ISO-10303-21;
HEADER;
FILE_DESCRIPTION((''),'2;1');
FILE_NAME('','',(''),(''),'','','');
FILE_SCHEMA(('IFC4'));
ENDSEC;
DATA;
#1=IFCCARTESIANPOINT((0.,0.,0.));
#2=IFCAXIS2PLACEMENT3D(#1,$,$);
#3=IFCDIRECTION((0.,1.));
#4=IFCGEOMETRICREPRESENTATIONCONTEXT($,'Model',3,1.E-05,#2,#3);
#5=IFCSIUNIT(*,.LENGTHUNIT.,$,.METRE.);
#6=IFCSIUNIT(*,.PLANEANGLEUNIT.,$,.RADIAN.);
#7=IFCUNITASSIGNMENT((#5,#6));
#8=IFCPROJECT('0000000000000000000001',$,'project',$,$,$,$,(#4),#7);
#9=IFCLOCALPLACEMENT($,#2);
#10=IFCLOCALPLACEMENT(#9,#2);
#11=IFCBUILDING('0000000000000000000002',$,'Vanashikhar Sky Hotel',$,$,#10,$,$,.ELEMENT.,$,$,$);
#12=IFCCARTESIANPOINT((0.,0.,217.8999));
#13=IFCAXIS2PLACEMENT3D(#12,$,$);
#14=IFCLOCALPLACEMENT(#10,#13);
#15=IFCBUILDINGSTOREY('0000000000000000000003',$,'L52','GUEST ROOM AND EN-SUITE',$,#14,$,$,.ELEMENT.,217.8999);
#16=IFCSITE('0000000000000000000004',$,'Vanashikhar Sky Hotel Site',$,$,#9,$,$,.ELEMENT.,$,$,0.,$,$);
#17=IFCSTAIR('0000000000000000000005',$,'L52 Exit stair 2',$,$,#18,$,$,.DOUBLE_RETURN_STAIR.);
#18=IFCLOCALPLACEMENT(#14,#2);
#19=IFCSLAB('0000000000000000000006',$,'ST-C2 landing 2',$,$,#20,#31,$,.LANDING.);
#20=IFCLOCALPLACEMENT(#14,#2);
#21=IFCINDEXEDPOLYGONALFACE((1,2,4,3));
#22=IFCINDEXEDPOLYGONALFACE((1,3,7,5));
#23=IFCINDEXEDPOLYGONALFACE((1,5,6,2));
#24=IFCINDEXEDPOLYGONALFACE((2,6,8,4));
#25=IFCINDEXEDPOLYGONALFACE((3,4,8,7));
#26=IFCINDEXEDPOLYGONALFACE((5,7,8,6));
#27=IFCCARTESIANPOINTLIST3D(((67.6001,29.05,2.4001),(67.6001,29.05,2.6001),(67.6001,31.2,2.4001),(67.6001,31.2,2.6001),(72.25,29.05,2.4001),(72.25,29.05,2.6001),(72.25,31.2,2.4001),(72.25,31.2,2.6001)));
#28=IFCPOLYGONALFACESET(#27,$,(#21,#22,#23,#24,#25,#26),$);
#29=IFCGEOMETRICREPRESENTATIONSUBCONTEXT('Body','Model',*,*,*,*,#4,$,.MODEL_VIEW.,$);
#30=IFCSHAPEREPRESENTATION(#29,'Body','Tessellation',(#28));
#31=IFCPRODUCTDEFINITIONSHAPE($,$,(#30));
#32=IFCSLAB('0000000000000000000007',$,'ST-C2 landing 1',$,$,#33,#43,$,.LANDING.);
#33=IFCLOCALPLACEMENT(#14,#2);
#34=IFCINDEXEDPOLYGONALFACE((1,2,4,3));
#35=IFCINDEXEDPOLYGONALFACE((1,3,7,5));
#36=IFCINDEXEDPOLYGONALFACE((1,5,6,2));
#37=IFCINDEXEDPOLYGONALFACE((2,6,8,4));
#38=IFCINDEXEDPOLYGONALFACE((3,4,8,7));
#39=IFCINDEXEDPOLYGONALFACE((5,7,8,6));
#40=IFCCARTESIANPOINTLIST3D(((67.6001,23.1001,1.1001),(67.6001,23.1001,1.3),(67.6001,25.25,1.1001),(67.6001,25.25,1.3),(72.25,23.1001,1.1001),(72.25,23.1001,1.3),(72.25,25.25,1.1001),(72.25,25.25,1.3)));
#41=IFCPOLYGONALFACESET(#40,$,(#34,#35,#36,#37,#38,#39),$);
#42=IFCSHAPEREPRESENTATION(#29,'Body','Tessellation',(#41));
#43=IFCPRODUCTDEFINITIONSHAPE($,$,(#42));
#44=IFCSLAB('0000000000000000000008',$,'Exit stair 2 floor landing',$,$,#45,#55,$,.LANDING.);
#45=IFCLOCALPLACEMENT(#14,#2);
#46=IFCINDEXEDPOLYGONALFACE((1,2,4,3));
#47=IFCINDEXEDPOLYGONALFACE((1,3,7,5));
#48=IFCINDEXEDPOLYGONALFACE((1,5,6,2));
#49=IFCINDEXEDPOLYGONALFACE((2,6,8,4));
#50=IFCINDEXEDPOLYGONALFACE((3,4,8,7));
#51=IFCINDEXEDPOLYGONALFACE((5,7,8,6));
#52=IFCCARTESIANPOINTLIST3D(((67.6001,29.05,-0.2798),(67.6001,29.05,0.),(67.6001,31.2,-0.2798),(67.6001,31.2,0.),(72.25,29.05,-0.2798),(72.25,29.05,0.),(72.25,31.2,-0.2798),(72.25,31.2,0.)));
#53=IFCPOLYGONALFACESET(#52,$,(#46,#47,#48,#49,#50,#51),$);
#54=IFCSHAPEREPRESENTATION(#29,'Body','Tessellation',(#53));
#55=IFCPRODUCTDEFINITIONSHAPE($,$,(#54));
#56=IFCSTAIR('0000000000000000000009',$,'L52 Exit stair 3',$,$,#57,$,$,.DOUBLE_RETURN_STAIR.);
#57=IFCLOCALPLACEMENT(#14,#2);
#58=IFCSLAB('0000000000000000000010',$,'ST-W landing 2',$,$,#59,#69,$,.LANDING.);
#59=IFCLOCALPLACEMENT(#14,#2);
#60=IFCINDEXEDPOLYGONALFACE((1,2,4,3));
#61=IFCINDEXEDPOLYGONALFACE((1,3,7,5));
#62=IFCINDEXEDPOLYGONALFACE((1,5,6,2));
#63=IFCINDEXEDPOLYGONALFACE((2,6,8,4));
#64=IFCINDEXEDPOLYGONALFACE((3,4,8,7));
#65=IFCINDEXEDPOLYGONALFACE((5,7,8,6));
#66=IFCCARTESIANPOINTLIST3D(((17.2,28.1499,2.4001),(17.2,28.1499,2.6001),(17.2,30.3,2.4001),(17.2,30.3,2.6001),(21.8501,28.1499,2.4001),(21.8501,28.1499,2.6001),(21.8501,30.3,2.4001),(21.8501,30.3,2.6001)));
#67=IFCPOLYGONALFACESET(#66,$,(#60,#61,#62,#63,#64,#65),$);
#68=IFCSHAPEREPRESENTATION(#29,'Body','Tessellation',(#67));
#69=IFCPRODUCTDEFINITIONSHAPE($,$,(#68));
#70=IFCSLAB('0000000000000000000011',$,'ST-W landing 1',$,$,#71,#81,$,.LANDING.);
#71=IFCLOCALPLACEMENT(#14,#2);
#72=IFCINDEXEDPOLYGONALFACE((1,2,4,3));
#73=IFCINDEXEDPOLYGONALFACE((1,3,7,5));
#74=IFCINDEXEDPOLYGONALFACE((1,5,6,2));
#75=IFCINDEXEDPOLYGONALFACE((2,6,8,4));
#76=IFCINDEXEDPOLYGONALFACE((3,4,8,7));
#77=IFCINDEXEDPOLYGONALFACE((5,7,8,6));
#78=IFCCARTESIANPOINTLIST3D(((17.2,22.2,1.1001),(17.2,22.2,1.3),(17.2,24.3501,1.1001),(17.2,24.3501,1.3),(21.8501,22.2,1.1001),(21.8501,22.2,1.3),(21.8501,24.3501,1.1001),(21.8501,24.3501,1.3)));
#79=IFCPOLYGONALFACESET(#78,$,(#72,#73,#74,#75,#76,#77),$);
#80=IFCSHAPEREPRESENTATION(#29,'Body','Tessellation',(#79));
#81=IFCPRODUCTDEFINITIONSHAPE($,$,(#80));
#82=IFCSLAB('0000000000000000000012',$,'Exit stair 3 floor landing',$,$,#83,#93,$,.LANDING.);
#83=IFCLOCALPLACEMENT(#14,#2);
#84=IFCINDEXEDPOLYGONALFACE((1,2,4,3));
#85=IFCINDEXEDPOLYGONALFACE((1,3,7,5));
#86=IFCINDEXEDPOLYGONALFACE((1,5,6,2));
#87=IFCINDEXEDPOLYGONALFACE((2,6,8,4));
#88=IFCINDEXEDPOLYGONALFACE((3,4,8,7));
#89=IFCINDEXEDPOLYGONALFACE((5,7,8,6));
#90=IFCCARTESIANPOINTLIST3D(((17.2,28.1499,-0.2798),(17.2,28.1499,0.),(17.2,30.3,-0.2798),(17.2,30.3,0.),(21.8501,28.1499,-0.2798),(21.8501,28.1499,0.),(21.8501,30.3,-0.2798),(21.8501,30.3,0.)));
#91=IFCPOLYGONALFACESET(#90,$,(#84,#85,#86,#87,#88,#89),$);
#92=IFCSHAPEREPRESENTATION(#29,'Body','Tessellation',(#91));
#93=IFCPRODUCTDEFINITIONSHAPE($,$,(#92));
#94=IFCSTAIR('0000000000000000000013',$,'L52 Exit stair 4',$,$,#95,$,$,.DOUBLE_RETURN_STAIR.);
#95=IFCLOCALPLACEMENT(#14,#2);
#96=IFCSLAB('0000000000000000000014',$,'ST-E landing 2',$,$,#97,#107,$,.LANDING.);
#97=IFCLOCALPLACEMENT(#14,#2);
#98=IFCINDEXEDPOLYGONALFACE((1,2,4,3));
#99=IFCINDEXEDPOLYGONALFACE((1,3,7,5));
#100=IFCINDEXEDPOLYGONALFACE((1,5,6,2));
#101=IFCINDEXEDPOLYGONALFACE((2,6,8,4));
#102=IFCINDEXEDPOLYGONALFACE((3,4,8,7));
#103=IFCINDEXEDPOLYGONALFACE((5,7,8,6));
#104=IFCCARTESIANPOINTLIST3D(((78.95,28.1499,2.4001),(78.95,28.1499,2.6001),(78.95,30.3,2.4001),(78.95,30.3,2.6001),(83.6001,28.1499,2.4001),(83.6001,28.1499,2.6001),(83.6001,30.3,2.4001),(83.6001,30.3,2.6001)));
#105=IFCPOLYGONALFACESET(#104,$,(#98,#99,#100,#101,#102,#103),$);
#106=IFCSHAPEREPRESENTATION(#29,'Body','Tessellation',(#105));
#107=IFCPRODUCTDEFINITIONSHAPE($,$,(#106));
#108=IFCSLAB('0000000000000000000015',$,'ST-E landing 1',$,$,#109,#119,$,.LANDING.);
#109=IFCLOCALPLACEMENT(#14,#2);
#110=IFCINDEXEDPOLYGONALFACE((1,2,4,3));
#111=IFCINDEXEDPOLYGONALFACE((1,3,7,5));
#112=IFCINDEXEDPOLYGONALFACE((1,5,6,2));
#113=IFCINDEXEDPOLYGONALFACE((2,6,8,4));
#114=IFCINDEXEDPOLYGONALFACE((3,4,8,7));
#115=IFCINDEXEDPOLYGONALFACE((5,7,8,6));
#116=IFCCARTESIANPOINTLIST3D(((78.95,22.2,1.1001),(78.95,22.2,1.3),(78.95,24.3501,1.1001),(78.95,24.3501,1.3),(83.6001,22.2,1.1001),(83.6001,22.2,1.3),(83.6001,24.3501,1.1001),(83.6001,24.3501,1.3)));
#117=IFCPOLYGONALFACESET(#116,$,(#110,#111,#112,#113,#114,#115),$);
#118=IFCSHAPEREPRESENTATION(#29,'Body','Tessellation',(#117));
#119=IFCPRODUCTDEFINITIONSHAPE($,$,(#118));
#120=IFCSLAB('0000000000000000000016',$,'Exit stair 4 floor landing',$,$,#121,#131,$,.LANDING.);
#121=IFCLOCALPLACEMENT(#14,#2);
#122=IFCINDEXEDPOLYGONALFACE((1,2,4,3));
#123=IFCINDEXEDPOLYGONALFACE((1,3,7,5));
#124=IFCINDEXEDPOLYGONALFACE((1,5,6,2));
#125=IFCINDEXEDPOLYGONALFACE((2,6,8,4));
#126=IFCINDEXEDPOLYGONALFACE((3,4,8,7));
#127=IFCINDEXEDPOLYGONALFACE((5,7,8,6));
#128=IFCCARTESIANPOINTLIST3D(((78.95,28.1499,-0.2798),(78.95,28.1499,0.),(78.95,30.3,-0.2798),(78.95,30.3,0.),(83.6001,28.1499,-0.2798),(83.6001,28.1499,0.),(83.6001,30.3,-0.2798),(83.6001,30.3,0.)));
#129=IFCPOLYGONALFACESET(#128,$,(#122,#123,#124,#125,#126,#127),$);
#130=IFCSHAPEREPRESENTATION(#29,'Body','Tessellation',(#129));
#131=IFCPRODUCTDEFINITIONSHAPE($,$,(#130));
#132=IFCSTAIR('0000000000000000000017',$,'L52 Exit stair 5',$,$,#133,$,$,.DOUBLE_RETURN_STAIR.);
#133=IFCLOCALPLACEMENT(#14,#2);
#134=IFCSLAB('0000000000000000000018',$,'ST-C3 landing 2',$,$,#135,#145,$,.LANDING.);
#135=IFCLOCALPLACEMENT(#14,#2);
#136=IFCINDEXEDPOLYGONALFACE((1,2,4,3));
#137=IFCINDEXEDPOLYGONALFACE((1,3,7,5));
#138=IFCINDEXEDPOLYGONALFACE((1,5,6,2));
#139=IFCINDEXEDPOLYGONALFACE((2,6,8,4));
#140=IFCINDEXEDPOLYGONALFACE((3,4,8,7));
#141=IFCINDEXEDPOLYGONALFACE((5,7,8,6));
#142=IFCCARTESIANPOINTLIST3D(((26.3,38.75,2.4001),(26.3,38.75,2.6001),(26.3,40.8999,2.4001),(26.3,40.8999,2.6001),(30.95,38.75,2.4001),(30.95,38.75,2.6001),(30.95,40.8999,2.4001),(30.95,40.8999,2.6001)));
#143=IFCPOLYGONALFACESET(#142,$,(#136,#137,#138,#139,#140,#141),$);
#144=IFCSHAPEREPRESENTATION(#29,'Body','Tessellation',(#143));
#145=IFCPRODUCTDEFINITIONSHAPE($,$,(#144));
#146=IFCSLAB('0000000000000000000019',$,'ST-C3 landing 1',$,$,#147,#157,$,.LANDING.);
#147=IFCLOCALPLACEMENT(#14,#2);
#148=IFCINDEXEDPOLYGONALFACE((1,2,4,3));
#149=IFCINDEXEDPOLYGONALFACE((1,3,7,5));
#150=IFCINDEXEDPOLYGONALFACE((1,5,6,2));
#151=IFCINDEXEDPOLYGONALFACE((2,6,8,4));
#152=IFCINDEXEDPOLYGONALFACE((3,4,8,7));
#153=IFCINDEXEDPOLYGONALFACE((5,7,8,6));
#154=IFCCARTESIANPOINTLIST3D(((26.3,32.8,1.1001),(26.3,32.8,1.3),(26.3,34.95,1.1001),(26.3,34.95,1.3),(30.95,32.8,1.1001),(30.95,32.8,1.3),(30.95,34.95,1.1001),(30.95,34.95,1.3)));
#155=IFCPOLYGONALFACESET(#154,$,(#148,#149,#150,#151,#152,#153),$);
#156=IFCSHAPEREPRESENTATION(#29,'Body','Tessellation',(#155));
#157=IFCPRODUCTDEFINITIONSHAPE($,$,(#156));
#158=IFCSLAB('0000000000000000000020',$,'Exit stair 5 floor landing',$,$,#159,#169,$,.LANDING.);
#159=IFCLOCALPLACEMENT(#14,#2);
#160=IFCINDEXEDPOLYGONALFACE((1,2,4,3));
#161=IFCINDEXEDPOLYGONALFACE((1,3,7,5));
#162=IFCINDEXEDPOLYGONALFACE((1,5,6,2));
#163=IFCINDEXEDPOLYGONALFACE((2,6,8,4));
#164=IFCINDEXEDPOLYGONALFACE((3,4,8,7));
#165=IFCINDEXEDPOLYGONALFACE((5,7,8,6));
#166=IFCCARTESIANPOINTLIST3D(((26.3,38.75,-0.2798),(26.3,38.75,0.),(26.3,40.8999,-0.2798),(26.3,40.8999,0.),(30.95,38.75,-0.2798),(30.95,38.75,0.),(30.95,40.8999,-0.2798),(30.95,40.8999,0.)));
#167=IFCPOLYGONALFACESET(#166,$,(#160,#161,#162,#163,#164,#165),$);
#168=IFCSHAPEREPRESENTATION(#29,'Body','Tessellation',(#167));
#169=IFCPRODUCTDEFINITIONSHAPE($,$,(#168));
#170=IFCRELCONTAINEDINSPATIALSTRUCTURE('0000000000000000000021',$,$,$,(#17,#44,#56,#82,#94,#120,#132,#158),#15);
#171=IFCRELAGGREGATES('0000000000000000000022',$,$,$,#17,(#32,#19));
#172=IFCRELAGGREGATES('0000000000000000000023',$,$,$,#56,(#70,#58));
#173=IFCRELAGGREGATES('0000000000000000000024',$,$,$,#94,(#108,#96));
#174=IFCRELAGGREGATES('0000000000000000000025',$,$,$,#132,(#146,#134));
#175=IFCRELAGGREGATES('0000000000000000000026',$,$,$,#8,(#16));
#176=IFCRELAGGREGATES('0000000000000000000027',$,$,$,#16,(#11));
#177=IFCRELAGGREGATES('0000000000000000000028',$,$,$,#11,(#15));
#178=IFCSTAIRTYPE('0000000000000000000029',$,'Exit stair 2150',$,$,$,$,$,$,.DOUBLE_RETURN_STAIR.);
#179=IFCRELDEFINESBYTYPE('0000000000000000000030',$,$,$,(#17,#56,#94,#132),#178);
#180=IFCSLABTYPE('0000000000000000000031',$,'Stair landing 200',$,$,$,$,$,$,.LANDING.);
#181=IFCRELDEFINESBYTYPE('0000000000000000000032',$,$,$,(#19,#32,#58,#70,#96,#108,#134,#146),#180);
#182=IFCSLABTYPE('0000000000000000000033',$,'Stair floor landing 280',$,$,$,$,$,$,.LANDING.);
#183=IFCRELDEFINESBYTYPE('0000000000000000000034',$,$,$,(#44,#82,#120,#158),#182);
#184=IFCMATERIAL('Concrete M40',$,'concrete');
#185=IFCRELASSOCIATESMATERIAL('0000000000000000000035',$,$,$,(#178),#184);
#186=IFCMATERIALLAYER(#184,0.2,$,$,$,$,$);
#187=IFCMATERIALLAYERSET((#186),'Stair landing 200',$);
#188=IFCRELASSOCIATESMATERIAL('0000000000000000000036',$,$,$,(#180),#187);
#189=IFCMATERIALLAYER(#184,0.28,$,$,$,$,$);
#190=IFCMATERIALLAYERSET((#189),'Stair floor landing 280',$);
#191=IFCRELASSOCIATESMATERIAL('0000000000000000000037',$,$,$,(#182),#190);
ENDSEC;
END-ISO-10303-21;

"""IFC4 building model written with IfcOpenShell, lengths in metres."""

from ifc_helpers import new_model, si_unit, direction, frame, origin, place, context, subcontext, project, spatial, polyline, outline, extrude, source, transform, mapped, material, layer, layer_set, type_object, element, aggregate, save


model = new_model("IFC4")

# Units and contexts
model_context = context("Model", 3, precision=1e-05, world=origin(), true_north=direction((0.0, 1.0)))
body_context = subcontext(model_context, "Body", "Model", "MODEL_VIEW")
ifc_project = project(units=[si_unit("LENGTHUNIT", "METRE"), si_unit("PLANEANGLEUNIT", "RADIAN")], contexts=[model_context])

# Site, building, storey
site_placement = place(None, origin())
site = spatial("IfcSite", under=ifc_project, at=site_placement, Name="Vanashikhar Sky Hotel Site", CompositionType="ELEMENT", RefElevation=0.0)
building_placement = place(site_placement, origin())
building = spatial("IfcBuilding", under=site, at=building_placement, Name="Vanashikhar Sky Hotel", CompositionType="ELEMENT")
storey_placement = place(building_placement, frame((0.0, 0.0, 217.8999)))
storey = spatial("IfcBuildingStorey", under=building, at=storey_placement, Name="L52", Description="GUEST ROOM AND EN-SUITE", CompositionType="ELEMENT", Elevation=217.8999)

# Shared definitions
ifc_material = material(Name="Concrete M40", Category="concrete")

# Shared definitions
stair_type = type_object("IfcStairType", Name="Exit stair 2150", PredefinedType="DOUBLE_RETURN_STAIR", material=ifc_material)
ifc_layer_1 = layer(ifc_material, 0.2)
ifc_layer_set_1 = layer_set([ifc_layer_1], Name="Stair landing 200")
slab_type_1 = type_object("IfcSlabType", Name="Stair landing 200", PredefinedType="LANDING", material=ifc_layer_set_1)

# Shared definitions
ifc_layer_2 = layer(ifc_material, 0.28)
ifc_layer_set_2 = layer_set([ifc_layer_2], Name="Stair floor landing 280")
slab_type_2 = type_object("IfcSlabType", Name="Stair floor landing 280", PredefinedType="LANDING", material=ifc_layer_set_2)

# Stair, slabs
stair_1_placement = place(storey_placement, origin())
stair_1 = element("IfcStair", 1, at=stair_1_placement, inside=storey, type_object=stair_type, Name="L52 Exit stair 2", PredefinedType="DOUBLE_RETURN_STAIR")
shared_shape_1 = source(origin(), body_context, "Body", "SweptSolid", [
    extrude(outline(polyline([(72.25, 29.05), (72.25, 31.2), (67.6001, 31.2), (67.6001, 29.05), (72.25, 29.05)])), origin(), (0.0, 0.0, 1.0), 0.2),
])
slab_1_placement = place(storey_placement, frame((0.0, 0.0, 2.4001)))
slab_1 = element("IfcSlab", 2, at=slab_1_placement, type_object=slab_type_1, Name="ST-C2 landing 2", PredefinedType="LANDING", context=body_context, shape_type="MappedRepresentation", body=[
    mapped(shared_shape_1, transform((0.0, 0.0, 0.0), scale=1.0)),
])
shared_shape_2 = source(origin(), body_context, "Body", "SweptSolid", [
    extrude(outline(polyline([(72.25, 23.1001), (72.25, 25.25), (67.6001, 25.25), (67.6001, 23.1001), (72.25, 23.1001)])), origin(), (0.0, 0.0, 1.0), 0.2),
])
slab_2_placement = place(storey_placement, frame((0.0, 0.0, 1.1001)))
slab_2 = element("IfcSlab", 3, at=slab_2_placement, type_object=slab_type_1, Name="ST-C2 landing 1", PredefinedType="LANDING", context=body_context, shape_type="MappedRepresentation", body=[
    mapped(shared_shape_2, transform((0.0, 0.0, 0.0), scale=1.0)),
])
aggregate(stair_1, [slab_2, slab_1])

# Slab
shared_shape_3 = source(origin(), body_context, "Body", "SweptSolid", [
    extrude(outline(polyline([(72.25, 29.05), (72.25, 31.2), (67.6001, 31.2), (67.6001, 29.05), (72.25, 29.05)])), origin(), (0.0, 0.0, 1.0), 0.2798),
])
slab_3_placement = place(storey_placement, frame((0.0, 0.0, -0.2798)))
element("IfcSlab", 4, at=slab_3_placement, inside=storey, type_object=slab_type_2, Name="Exit stair 2 floor landing", PredefinedType="LANDING", context=body_context, shape_type="MappedRepresentation", body=[
    mapped(shared_shape_3, transform((0.0, 0.0, 0.0), scale=1.0)),
])

# Stair, slabs
stair_2_placement = place(storey_placement, origin())
stair_2 = element("IfcStair", 5, at=stair_2_placement, inside=storey, type_object=stair_type, Name="L52 Exit stair 3", PredefinedType="DOUBLE_RETURN_STAIR")
shared_shape_4 = source(origin(), body_context, "Body", "SweptSolid", [
    extrude(outline(polyline([(21.8501, 28.1499), (21.8501, 30.3), (17.2, 30.3), (17.2, 28.1499), (21.8501, 28.1499)])), origin(), (0.0, 0.0, 1.0), 0.2),
])
slab_4_placement = place(storey_placement, frame((0.0, 0.0, 2.4001)))
slab_4 = element("IfcSlab", 6, at=slab_4_placement, type_object=slab_type_1, Name="ST-W landing 2", PredefinedType="LANDING", context=body_context, shape_type="MappedRepresentation", body=[
    mapped(shared_shape_4, transform((0.0, 0.0, 0.0), scale=1.0)),
])
shared_shape_5 = source(origin(), body_context, "Body", "SweptSolid", [
    extrude(outline(polyline([(21.8501, 22.2), (21.8501, 24.3501), (17.2, 24.3501), (17.2, 22.2), (21.8501, 22.2)])), origin(), (0.0, 0.0, 1.0), 0.2),
])
slab_5_placement = place(storey_placement, frame((0.0, 0.0, 1.1001)))
slab_5 = element("IfcSlab", 7, at=slab_5_placement, type_object=slab_type_1, Name="ST-W landing 1", PredefinedType="LANDING", context=body_context, shape_type="MappedRepresentation", body=[
    mapped(shared_shape_5, transform((0.0, 0.0, 0.0), scale=1.0)),
])
aggregate(stair_2, [slab_5, slab_4])

# Slab
shared_shape_6 = source(origin(), body_context, "Body", "SweptSolid", [
    extrude(outline(polyline([(21.8501, 28.1499), (21.8501, 30.3), (17.2, 30.3), (17.2, 28.1499), (21.8501, 28.1499)])), origin(), (0.0, 0.0, 1.0), 0.2798),
])
slab_6_placement = place(storey_placement, frame((0.0, 0.0, -0.2798)))
element("IfcSlab", 8, at=slab_6_placement, inside=storey, type_object=slab_type_2, Name="Exit stair 3 floor landing", PredefinedType="LANDING", context=body_context, shape_type="MappedRepresentation", body=[
    mapped(shared_shape_6, transform((0.0, 0.0, 0.0), scale=1.0)),
])

# Stair, slabs
stair_3_placement = place(storey_placement, origin())
stair_3 = element("IfcStair", 9, at=stair_3_placement, inside=storey, type_object=stair_type, Name="L52 Exit stair 4", PredefinedType="DOUBLE_RETURN_STAIR")
shared_shape_7 = source(origin(), body_context, "Body", "SweptSolid", [
    extrude(outline(polyline([(83.6001, 28.1499), (83.6001, 30.3), (78.95, 30.3), (78.95, 28.1499), (83.6001, 28.1499)])), origin(), (0.0, 0.0, 1.0), 0.2),
])
slab_7_placement = place(storey_placement, frame((0.0, 0.0, 2.4001)))
slab_7 = element("IfcSlab", 10, at=slab_7_placement, type_object=slab_type_1, Name="ST-E landing 2", PredefinedType="LANDING", context=body_context, shape_type="MappedRepresentation", body=[
    mapped(shared_shape_7, transform((0.0, 0.0, 0.0), scale=1.0)),
])
shared_shape_8 = source(origin(), body_context, "Body", "SweptSolid", [
    extrude(outline(polyline([(83.6001, 22.2), (83.6001, 24.3501), (78.95, 24.3501), (78.95, 22.2), (83.6001, 22.2)])), origin(), (0.0, 0.0, 1.0), 0.2),
])
slab_8_placement = place(storey_placement, frame((0.0, 0.0, 1.1001)))
slab_8 = element("IfcSlab", 11, at=slab_8_placement, type_object=slab_type_1, Name="ST-E landing 1", PredefinedType="LANDING", context=body_context, shape_type="MappedRepresentation", body=[
    mapped(shared_shape_8, transform((0.0, 0.0, 0.0), scale=1.0)),
])
aggregate(stair_3, [slab_8, slab_7])

# Slab
shared_shape_9 = source(origin(), body_context, "Body", "SweptSolid", [
    extrude(outline(polyline([(83.6001, 28.1499), (83.6001, 30.3), (78.95, 30.3), (78.95, 28.1499), (83.6001, 28.1499)])), origin(), (0.0, 0.0, 1.0), 0.2798),
])
slab_9_placement = place(storey_placement, frame((0.0, 0.0, -0.2798)))
element("IfcSlab", 12, at=slab_9_placement, inside=storey, type_object=slab_type_2, Name="Exit stair 4 floor landing", PredefinedType="LANDING", context=body_context, shape_type="MappedRepresentation", body=[
    mapped(shared_shape_9, transform((0.0, 0.0, 0.0), scale=1.0)),
])

# Stair, slabs
stair_4_placement = place(storey_placement, origin())
stair_4 = element("IfcStair", 13, at=stair_4_placement, inside=storey, type_object=stair_type, Name="L52 Exit stair 5", PredefinedType="DOUBLE_RETURN_STAIR")
shared_shape_10 = source(origin(), body_context, "Body", "SweptSolid", [
    extrude(outline(polyline([(30.95, 38.75), (30.95, 40.8999), (26.3, 40.8999), (26.3, 38.75), (30.95, 38.75)])), origin(), (0.0, 0.0, 1.0), 0.2),
])
slab_10_placement = place(storey_placement, frame((0.0, 0.0, 2.4001)))
slab_10 = element("IfcSlab", 14, at=slab_10_placement, type_object=slab_type_1, Name="ST-C3 landing 2", PredefinedType="LANDING", context=body_context, shape_type="MappedRepresentation", body=[
    mapped(shared_shape_10, transform((0.0, 0.0, 0.0), scale=1.0)),
])
shared_shape_11 = source(origin(), body_context, "Body", "SweptSolid", [
    extrude(outline(polyline([(30.95, 32.8), (30.95, 34.95), (26.3, 34.95), (26.3, 32.8), (30.95, 32.8)])), origin(), (0.0, 0.0, 1.0), 0.2),
])
slab_11_placement = place(storey_placement, frame((0.0, 0.0, 1.1001)))
slab_11 = element("IfcSlab", 15, at=slab_11_placement, type_object=slab_type_1, Name="ST-C3 landing 1", PredefinedType="LANDING", context=body_context, shape_type="MappedRepresentation", body=[
    mapped(shared_shape_11, transform((0.0, 0.0, 0.0), scale=1.0)),
])
aggregate(stair_4, [slab_11, slab_10])

# Slab
shared_shape_12 = source(origin(), body_context, "Body", "SweptSolid", [
    extrude(outline(polyline([(30.95, 38.75), (30.95, 40.8999), (26.3, 40.8999), (26.3, 38.75), (30.95, 38.75)])), origin(), (0.0, 0.0, 1.0), 0.2798),
])
slab_12_placement = place(storey_placement, frame((0.0, 0.0, -0.2798)))
element("IfcSlab", 16, at=slab_12_placement, inside=storey, type_object=slab_type_2, Name="Exit stair 5 floor landing", PredefinedType="LANDING", context=body_context, shape_type="MappedRepresentation", body=[
    mapped(shared_shape_12, transform((0.0, 0.0, 0.0), scale=1.0)),
])

save(model, "model.ifc")
